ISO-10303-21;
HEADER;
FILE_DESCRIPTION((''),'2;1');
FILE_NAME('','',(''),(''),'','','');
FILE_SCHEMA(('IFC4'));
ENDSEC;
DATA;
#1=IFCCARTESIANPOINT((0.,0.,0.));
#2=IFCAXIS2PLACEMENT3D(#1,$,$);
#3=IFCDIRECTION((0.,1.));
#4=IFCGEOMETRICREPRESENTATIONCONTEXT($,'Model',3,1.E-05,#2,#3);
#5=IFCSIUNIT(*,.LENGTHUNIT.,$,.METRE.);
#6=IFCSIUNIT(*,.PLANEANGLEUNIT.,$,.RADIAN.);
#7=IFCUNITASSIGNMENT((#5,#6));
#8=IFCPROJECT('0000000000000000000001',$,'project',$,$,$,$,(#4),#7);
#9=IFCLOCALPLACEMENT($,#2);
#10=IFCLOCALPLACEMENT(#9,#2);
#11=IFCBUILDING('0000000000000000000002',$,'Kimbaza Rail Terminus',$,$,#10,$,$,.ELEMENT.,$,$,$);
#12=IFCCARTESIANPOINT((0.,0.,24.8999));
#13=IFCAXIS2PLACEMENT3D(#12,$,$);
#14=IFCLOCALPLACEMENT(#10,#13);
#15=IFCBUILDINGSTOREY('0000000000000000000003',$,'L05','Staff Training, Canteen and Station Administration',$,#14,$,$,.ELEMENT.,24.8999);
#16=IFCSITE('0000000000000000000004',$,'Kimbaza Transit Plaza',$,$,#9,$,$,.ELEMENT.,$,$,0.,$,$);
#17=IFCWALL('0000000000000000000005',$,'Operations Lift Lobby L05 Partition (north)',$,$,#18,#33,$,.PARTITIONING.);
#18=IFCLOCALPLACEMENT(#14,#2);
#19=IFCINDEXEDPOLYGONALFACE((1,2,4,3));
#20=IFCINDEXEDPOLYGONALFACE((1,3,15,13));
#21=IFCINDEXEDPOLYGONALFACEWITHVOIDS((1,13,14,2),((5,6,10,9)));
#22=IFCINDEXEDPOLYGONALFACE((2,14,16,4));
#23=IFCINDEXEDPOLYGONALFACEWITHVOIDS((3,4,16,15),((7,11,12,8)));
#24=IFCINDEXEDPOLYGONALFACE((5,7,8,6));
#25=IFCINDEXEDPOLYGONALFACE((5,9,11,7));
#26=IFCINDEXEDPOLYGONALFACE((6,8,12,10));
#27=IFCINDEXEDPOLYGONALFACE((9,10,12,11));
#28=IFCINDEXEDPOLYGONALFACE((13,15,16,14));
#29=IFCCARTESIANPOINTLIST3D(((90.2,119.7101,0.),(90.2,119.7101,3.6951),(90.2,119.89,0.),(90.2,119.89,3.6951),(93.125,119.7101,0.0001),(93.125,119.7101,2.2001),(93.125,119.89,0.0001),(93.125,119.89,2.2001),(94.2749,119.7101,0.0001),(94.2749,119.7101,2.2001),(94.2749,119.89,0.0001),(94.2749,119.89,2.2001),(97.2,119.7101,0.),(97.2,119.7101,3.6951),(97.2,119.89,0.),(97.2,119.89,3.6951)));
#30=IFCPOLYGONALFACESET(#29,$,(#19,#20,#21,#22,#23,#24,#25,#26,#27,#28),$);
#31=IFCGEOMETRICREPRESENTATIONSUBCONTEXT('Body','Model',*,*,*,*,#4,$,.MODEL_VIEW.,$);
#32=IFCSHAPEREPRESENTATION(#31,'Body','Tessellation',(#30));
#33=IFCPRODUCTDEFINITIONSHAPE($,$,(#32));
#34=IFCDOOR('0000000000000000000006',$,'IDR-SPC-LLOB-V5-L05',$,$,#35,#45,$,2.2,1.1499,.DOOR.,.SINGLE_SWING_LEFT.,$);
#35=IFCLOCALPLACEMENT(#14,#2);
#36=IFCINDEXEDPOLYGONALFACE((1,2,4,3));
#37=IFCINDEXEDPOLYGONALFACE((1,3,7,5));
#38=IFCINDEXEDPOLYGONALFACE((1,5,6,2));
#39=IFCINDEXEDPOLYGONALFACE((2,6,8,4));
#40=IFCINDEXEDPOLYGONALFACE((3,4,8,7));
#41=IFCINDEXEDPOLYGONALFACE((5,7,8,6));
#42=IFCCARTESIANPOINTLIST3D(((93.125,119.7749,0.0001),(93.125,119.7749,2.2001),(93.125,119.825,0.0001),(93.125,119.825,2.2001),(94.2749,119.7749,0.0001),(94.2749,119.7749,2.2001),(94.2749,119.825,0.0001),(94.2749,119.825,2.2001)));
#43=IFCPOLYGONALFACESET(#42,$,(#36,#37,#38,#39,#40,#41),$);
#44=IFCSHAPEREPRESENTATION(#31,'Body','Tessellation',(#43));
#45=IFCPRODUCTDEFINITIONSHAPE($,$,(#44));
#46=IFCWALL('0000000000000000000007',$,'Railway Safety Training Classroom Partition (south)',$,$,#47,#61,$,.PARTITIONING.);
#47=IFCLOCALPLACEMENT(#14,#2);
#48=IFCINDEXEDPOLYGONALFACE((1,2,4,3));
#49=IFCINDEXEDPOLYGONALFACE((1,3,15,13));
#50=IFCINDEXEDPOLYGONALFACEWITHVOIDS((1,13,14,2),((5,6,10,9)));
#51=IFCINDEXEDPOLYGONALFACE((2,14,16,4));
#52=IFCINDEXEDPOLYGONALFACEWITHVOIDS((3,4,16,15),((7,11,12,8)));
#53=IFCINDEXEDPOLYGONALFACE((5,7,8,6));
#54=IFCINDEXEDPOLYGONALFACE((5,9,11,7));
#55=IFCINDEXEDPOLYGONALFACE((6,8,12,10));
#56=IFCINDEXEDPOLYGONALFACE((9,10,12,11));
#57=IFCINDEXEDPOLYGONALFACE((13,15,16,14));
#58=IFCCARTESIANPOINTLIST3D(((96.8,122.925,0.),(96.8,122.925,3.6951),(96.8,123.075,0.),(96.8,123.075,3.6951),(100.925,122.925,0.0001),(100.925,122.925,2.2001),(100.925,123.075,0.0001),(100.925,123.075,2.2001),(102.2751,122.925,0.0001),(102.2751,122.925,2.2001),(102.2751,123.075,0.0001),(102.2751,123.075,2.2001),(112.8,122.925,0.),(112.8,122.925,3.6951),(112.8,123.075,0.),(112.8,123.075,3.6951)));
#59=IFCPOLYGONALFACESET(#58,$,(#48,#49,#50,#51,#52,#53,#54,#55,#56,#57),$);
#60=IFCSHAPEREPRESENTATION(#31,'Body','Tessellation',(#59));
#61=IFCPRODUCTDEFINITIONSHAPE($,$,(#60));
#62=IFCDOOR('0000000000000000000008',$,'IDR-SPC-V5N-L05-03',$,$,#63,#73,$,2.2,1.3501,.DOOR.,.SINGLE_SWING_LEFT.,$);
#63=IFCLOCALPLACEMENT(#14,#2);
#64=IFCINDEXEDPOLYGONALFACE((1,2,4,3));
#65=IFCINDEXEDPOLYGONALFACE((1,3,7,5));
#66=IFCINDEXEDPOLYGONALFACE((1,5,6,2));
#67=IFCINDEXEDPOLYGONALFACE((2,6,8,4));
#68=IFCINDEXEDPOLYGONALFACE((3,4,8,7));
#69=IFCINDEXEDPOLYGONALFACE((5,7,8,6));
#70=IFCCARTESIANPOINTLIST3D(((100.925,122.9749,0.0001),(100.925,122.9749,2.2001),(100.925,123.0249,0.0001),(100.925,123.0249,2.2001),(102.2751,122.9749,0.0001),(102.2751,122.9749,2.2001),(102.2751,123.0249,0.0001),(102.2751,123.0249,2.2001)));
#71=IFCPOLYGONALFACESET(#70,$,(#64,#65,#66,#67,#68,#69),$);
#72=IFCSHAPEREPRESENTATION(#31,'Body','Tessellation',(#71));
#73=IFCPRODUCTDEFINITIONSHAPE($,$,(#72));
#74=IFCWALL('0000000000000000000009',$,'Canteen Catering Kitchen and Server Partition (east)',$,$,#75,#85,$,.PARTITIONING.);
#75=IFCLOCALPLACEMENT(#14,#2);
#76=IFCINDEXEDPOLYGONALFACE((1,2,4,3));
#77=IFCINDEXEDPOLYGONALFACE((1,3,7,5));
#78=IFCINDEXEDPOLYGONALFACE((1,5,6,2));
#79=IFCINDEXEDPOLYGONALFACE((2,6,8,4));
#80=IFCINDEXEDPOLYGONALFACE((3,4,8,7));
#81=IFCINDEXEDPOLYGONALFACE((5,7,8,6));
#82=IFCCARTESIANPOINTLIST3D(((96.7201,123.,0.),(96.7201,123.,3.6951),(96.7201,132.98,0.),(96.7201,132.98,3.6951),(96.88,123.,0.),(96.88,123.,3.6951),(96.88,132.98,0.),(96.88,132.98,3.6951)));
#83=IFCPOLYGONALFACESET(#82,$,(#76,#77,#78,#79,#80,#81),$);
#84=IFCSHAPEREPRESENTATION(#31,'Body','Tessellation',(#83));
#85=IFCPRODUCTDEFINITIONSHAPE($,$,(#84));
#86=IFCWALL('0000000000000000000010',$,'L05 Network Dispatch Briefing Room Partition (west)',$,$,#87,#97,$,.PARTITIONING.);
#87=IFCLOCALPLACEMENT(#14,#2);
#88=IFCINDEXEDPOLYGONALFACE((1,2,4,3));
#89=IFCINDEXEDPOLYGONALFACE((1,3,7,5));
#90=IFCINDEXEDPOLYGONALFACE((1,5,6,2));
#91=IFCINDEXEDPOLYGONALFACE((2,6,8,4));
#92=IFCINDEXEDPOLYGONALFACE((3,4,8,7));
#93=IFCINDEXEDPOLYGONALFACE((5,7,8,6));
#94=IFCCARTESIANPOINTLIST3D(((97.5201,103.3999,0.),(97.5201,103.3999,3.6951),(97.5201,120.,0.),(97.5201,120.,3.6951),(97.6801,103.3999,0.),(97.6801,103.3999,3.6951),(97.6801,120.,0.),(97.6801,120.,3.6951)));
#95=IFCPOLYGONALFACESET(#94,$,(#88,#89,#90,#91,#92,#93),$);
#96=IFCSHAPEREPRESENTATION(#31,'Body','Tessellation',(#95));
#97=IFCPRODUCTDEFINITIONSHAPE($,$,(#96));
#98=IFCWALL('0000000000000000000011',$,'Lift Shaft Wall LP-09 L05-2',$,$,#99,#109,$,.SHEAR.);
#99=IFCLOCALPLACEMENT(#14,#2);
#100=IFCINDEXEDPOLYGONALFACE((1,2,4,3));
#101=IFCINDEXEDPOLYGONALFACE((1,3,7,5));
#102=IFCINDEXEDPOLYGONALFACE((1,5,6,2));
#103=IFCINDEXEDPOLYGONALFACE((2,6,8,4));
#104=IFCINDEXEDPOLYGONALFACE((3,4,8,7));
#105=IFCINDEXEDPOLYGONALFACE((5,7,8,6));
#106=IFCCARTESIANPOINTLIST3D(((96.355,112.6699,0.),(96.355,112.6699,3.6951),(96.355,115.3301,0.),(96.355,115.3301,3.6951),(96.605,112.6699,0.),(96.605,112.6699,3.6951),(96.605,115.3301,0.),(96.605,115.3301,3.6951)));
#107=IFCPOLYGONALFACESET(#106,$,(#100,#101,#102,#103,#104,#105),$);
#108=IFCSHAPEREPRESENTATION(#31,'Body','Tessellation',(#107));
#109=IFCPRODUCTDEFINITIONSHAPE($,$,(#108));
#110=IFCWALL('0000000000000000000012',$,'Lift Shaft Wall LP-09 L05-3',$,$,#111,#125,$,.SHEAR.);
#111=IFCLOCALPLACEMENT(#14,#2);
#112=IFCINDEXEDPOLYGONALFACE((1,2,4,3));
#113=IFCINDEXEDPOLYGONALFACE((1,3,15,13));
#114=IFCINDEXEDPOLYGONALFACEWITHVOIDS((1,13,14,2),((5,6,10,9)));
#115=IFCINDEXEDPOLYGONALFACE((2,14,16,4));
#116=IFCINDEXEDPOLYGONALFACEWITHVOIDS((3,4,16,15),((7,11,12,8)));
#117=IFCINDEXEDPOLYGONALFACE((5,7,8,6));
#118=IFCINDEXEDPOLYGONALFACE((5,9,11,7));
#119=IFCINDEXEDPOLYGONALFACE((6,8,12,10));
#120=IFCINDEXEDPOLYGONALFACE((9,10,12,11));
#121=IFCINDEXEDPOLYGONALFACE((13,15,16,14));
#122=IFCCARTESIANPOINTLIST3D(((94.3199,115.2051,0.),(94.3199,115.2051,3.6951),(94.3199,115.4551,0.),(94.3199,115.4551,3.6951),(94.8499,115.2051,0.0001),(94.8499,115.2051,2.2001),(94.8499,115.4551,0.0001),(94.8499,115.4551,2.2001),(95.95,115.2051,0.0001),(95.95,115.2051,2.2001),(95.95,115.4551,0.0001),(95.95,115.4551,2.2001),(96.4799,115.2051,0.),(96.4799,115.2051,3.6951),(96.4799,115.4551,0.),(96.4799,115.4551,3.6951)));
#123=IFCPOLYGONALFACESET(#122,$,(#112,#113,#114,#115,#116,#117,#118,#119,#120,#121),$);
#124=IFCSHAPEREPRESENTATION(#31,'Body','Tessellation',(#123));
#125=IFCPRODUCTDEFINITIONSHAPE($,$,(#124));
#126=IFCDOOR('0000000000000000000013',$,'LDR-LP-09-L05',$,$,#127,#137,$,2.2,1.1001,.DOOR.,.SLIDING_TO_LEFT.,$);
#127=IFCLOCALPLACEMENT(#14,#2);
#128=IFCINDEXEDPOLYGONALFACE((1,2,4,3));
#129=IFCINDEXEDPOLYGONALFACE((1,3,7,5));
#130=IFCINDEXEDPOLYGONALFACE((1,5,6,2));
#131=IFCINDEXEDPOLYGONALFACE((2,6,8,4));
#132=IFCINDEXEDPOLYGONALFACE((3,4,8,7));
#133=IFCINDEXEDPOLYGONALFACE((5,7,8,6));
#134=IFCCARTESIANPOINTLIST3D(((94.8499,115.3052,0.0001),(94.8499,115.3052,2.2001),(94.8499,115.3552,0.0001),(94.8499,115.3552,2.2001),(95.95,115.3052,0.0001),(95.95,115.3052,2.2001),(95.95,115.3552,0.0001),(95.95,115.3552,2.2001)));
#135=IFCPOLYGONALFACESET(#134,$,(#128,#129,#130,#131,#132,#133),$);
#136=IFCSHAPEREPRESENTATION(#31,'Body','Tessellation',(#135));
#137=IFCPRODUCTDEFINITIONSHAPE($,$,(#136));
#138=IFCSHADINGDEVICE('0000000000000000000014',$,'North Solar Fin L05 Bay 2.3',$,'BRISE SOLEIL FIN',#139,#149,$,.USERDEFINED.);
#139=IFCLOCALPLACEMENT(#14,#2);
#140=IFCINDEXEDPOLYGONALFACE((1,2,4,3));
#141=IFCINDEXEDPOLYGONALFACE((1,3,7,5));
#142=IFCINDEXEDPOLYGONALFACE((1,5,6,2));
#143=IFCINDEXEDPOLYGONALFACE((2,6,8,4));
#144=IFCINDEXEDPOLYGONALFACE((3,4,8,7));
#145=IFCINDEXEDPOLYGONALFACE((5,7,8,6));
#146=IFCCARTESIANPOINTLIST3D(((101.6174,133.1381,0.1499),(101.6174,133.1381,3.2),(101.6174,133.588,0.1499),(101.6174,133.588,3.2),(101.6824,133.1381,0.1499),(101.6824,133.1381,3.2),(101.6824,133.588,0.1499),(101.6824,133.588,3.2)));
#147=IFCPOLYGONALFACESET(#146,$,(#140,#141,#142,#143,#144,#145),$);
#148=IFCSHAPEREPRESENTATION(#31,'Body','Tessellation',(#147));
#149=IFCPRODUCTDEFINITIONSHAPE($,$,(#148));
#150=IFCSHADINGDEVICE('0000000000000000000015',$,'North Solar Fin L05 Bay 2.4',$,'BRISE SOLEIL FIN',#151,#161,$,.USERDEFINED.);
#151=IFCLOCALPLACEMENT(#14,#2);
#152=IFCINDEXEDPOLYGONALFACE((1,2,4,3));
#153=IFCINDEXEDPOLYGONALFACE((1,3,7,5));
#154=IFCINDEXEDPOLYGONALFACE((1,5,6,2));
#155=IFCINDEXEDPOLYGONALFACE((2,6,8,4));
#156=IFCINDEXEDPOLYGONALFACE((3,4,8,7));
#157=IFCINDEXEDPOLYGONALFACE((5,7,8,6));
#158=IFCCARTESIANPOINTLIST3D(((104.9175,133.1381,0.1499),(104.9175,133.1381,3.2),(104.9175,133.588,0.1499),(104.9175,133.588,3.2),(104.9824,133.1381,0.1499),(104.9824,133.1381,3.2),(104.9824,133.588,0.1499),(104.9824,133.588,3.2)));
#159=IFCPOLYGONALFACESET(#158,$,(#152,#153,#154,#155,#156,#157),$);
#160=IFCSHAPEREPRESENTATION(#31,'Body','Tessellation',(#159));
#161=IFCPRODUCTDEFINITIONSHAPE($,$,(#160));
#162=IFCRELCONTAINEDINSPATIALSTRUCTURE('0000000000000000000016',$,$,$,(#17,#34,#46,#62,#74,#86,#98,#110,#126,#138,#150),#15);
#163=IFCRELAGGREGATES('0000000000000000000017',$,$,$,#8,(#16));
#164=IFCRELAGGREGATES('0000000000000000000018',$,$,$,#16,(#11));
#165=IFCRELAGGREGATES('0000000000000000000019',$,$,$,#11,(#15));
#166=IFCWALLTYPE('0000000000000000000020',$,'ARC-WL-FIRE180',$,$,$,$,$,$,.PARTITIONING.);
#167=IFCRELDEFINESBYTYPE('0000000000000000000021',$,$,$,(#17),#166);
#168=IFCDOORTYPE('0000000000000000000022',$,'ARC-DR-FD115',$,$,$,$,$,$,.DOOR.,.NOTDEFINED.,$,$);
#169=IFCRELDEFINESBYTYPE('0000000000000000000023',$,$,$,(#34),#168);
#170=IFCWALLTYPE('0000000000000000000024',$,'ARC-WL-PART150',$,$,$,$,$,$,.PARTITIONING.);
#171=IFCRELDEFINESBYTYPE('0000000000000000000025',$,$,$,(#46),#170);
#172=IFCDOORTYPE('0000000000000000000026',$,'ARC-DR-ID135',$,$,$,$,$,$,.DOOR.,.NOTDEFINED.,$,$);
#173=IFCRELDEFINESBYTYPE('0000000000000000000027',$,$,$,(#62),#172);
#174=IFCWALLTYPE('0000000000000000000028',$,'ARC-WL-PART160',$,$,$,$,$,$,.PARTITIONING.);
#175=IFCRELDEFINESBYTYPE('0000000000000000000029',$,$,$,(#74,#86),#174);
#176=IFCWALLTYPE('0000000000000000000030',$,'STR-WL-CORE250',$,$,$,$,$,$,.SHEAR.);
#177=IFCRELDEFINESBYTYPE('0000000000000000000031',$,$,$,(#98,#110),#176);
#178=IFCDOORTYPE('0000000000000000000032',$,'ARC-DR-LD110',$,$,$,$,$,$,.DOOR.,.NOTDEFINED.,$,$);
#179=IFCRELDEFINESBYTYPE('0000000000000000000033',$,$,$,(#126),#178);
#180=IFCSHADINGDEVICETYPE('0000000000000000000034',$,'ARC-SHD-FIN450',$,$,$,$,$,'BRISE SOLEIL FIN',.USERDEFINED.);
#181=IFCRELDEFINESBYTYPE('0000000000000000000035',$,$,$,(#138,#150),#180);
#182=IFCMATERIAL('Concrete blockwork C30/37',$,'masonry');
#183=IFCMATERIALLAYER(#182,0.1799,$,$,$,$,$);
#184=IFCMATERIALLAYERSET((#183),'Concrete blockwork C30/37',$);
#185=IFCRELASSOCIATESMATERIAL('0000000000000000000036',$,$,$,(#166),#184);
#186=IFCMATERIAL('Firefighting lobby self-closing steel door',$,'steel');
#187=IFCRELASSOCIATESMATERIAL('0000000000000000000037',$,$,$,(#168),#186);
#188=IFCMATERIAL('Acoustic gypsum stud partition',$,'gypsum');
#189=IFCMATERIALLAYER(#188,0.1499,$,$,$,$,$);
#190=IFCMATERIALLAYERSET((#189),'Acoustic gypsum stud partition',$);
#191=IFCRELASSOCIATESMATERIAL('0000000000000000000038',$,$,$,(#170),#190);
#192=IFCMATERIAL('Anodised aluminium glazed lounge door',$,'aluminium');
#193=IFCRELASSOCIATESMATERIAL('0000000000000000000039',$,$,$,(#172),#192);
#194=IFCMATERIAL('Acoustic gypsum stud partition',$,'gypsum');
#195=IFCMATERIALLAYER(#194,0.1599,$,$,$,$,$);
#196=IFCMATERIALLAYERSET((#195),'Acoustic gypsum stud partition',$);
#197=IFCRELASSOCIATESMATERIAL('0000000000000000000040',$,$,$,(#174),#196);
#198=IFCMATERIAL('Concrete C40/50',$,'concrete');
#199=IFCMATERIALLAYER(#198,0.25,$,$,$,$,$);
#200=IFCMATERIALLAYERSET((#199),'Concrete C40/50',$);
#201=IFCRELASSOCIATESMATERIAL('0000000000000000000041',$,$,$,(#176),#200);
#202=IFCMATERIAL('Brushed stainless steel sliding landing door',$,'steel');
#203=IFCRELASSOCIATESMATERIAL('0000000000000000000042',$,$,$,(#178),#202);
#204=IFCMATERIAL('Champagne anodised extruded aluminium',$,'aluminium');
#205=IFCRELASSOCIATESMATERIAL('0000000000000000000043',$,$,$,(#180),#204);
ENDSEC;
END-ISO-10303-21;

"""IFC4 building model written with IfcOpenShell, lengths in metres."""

from ifc_helpers import new_model, si_unit, direction, frame, frame_2d, origin, origin_2d, place, context, subcontext, project, spatial, rectangle, extrude, material, layer, layer_set, type_object, element, fill, save


model = new_model("IFC4")

# Units and contexts
model_context = context("Model", 3, precision=1e-05, world=origin(), true_north=direction((0.0, 1.0)))
body_context = subcontext(model_context, "Body", "Model", "MODEL_VIEW")
ifc_project = project(units=[si_unit("LENGTHUNIT", "METRE"), si_unit("PLANEANGLEUNIT", "RADIAN")], contexts=[model_context])

# Site, building, storey
site_placement = place(None, origin())
site = spatial("IfcSite", under=ifc_project, at=site_placement, Name="Kimbaza Transit Plaza", CompositionType="ELEMENT", RefElevation=0.0)
building_placement = place(site_placement, origin())
building = spatial("IfcBuilding", under=site, at=building_placement, Name="Kimbaza Rail Terminus", CompositionType="ELEMENT")
storey_placement = place(building_placement, frame((0.0, 0.0, 24.8999)))
storey = spatial("IfcBuildingStorey", under=building, at=storey_placement, Name="L05", Description="Staff Training, Canteen and Station Administration", CompositionType="ELEMENT", Elevation=24.8999)

# Shared definitions
ifc_material_1 = material(Name="Concrete blockwork C30/37", Category="masonry")
ifc_layer_1 = layer(ifc_material_1, 0.1799)
ifc_layer_set_1 = layer_set([ifc_layer_1], Name="Concrete blockwork C30/37")
wall_type_1 = type_object("IfcWallType", Name="ARC-WL-FIRE180", PredefinedType="PARTITIONING", material=ifc_layer_set_1)

# Walls, openings, doors
wall_1_placement = place(storey_placement, frame((97.2, 119.8, 0.0), z_axis=(0.0, 0.0, 1.0), x_axis=(-1.0, 0.0, 0.0)))
wall_1 = element("IfcWall", 1, at=wall_1_placement, inside=storey, type_object=wall_type_1, Name="Operations Lift Lobby L05 Partition (north)", PredefinedType="PARTITIONING", context=body_context, shape_type="SweptSolid", body=[
    extrude(rectangle(XDim=7.0, YDim=0.1799, at=frame_2d((3.5, 0.0))), origin(), (0.0, 0.0, 1.0), 3.6951),
])
opening_1_placement = place(wall_1_placement, frame((4.075, 0.0, 0.0), z_axis=(0.0, 0.0, 1.0), x_axis=(-1.0, 0.0, 0.0)))
opening_1 = element("IfcOpeningElement", 2, at=opening_1_placement, cuts=wall_1, PredefinedType="OPENING", context=body_context, shape_type="SweptSolid", body=[
    extrude(rectangle(XDim=1.1499, YDim=2.2, at=frame_2d((0.575, 1.1001))), frame((0.0, 0.0999, 0.0), z_axis=(0.0, -1.0, 0.0), x_axis=(1.0, 0.0, 0.0)), (0.0, 0.0, 1.0), 0.2),
])
ifc_material_2 = material(Name="Firefighting lobby self-closing steel door", Category="steel")
door_type_1 = type_object("IfcDoorType", Name="ARC-DR-FD115", OperationType="NOTDEFINED", PredefinedType="DOOR", material=ifc_material_2)
door_1_placement = place(opening_1_placement, origin())
door_1 = element("IfcDoor", 3, at=door_1_placement, inside=storey, type_object=door_type_1, Name="IDR-SPC-LLOB-V5-L05", OperationType="SINGLE_SWING_LEFT", OverallHeight=2.2, OverallWidth=1.1499, PredefinedType="DOOR", context=body_context, shape_type="SweptSolid", body=[
    extrude(rectangle(XDim=1.1499, YDim=2.2, at=frame_2d((0.575, 1.1001))), frame((0.0, 0.0249, 0.0), z_axis=(0.0, -1.0, 0.0), x_axis=(1.0, 0.0, 0.0)), (0.0, 0.0, 1.0), 0.05),
])
fill(opening_1, door_1)
ifc_material_3 = material(Name="Acoustic gypsum stud partition", Category="gypsum")
ifc_layer_2 = layer(ifc_material_3, 0.1499)
ifc_layer_set_2 = layer_set([ifc_layer_2], Name="Acoustic gypsum stud partition")
wall_type_2 = type_object("IfcWallType", Name="ARC-WL-PART150", PredefinedType="PARTITIONING", material=ifc_layer_set_2)
wall_2_placement = place(storey_placement, frame((96.8, 123.0, 0.0), z_axis=(0.0, 0.0, 1.0), x_axis=(1.0, 0.0, 0.0)))
wall_2 = element("IfcWall", 4, at=wall_2_placement, inside=storey, type_object=wall_type_2, Name="Railway Safety Training Classroom Partition (south)", PredefinedType="PARTITIONING", context=body_context, shape_type="SweptSolid", body=[
    extrude(rectangle(XDim=16.0, YDim=0.1499, at=frame_2d((8.0, 0.0))), origin(), (0.0, 0.0, 1.0), 3.6951),
])
opening_2_placement = place(wall_2_placement, frame((4.125, 0.0, 0.0)))
opening_2 = element("IfcOpeningElement", 5, at=opening_2_placement, cuts=wall_2, PredefinedType="OPENING", context=body_context, shape_type="SweptSolid", body=[
    extrude(rectangle(XDim=1.3501, YDim=2.2, at=frame_2d((0.675, 1.1001))), frame((0.0, 0.085, 0.0), z_axis=(0.0, -1.0, 0.0), x_axis=(1.0, 0.0, 0.0)), (0.0, 0.0, 1.0), 0.1699),
])
ifc_material_4 = material(Name="Anodised aluminium glazed lounge door", Category="aluminium")
door_type_2 = type_object("IfcDoorType", Name="ARC-DR-ID135", OperationType="NOTDEFINED", PredefinedType="DOOR", material=ifc_material_4)
door_2_placement = place(opening_2_placement, origin())
door_2 = element("IfcDoor", 6, at=door_2_placement, inside=storey, type_object=door_type_2, Name="IDR-SPC-V5N-L05-03", OperationType="SINGLE_SWING_LEFT", OverallHeight=2.2, OverallWidth=1.3501, PredefinedType="DOOR", context=body_context, shape_type="SweptSolid", body=[
    extrude(rectangle(XDim=1.3501, YDim=2.2, at=frame_2d((0.675, 1.1001))), frame((0.0, 0.0249, 0.0), z_axis=(0.0, -1.0, 0.0), x_axis=(1.0, 0.0, 0.0)), (0.0, 0.0, 1.0), 0.05),
])
fill(opening_2, door_2)

# Walls
ifc_material_5 = material(Name="Acoustic gypsum stud partition", Category="gypsum")
ifc_layer_3 = layer(ifc_material_5, 0.1599)
ifc_layer_set_3 = layer_set([ifc_layer_3], Name="Acoustic gypsum stud partition")
wall_type_3 = type_object("IfcWallType", Name="ARC-WL-PART160", PredefinedType="PARTITIONING", material=ifc_layer_set_3)
wall_3_placement = place(storey_placement, frame((96.8, 123.0, 0.0), z_axis=(0.0, 0.0, 1.0), x_axis=(0.0, 1.0, 0.0)))
element("IfcWall", 7, at=wall_3_placement, inside=storey, type_object=wall_type_3, Name="Canteen Catering Kitchen and Server Partition (east)", PredefinedType="PARTITIONING", context=body_context, shape_type="SweptSolid", body=[
    extrude(rectangle(XDim=9.98, YDim=0.1599, at=frame_2d((4.99, 0.0))), origin(), (0.0, 0.0, 1.0), 3.6951),
])
wall_4_placement = place(storey_placement, frame((97.6001, 120.0, 0.0), z_axis=(0.0, 0.0, 1.0), x_axis=(0.0, -1.0, 0.0)))
element("IfcWall", 8, at=wall_4_placement, inside=storey, type_object=wall_type_3, Name="L05 Network Dispatch Briefing Room Partition (west)", PredefinedType="PARTITIONING", context=body_context, shape_type="SweptSolid", body=[
    extrude(rectangle(XDim=16.6001, YDim=0.1599, at=frame_2d((8.3, 0.0))), origin(), (0.0, 0.0, 1.0), 3.6951),
])
ifc_material_6 = material(Name="Concrete C40/50", Category="concrete")
ifc_layer_4 = layer(ifc_material_6, 0.25)
ifc_layer_set_4 = layer_set([ifc_layer_4], Name="Concrete C40/50")
wall_type_4 = type_object("IfcWallType", Name="STR-WL-CORE250", PredefinedType="SHEAR", material=ifc_layer_set_4)
wall_5_placement = place(storey_placement, frame((96.48, 112.6699, 0.0), z_axis=(0.0, 0.0, 1.0), x_axis=(0.0, 1.0, 0.0)))
element("IfcWall", 9, at=wall_5_placement, inside=storey, type_object=wall_type_4, Name="Lift Shaft Wall LP-09 L05-2", PredefinedType="SHEAR", context=body_context, shape_type="SweptSolid", body=[
    extrude(rectangle(XDim=2.6602, YDim=0.25, at=frame_2d((1.3301, 0.0))), origin(), (0.0, 0.0, 1.0), 3.6951),
])

# Wall, opening, door
wall_6_placement = place(storey_placement, frame((96.48, 115.3301, 0.0), z_axis=(0.0, 0.0, 1.0), x_axis=(-1.0, 0.0, 0.0)))
wall_6 = element("IfcWall", 10, at=wall_6_placement, inside=storey, type_object=wall_type_4, Name="Lift Shaft Wall LP-09 L05-3", PredefinedType="SHEAR", context=body_context, shape_type="SweptSolid", body=[
    extrude(rectangle(XDim=2.1599, YDim=0.25, at=frame_2d((1.0801, 0.0))), origin(), (0.0, 0.0, 1.0), 3.6951),
])
opening_3_placement = place(wall_6_placement, frame((0.53, 0.0, 0.0)))
opening_3 = element("IfcOpeningElement", 11, at=opening_3_placement, cuts=wall_6, PredefinedType="OPENING", context=body_context, shape_type="SweptSolid", body=[
    extrude(rectangle(XDim=1.1001, YDim=2.2, at=frame_2d((0.55, 1.1001))), frame((0.0, 0.135, 0.0), z_axis=(0.0, -1.0, 0.0), x_axis=(1.0, 0.0, 0.0)), (0.0, 0.0, 1.0), 0.27),
])
ifc_material_7 = material(Name="Brushed stainless steel sliding landing door", Category="steel")
door_type_3 = type_object("IfcDoorType", Name="ARC-DR-LD110", OperationType="NOTDEFINED", PredefinedType="DOOR", material=ifc_material_7)
door_3_placement = place(opening_3_placement, origin())
door_3 = element("IfcDoor", 12, at=door_3_placement, inside=storey, type_object=door_type_3, Name="LDR-LP-09-L05", OperationType="SLIDING_TO_LEFT", OverallHeight=2.2, OverallWidth=1.1001, PredefinedType="DOOR", context=body_context, shape_type="SweptSolid", body=[
    extrude(rectangle(XDim=1.1001, YDim=2.2, at=frame_2d((0.55, 1.1001))), frame((0.0, 0.0249, 0.0), z_axis=(0.0, -1.0, 0.0), x_axis=(1.0, 0.0, 0.0)), (0.0, 0.0, 1.0), 0.05),
])
fill(opening_3, door_3)

# Shading devices
ifc_material_8 = material(Name="Champagne anodised extruded aluminium", Category="aluminium")
shading_device_type = type_object("IfcShadingDeviceType", Name="ARC-SHD-FIN450", ElementType="BRISE SOLEIL FIN", PredefinedType="USERDEFINED", material=ifc_material_8)
for number, where, z_axis, x_axis, name in (
    (13, (101.6499, 133.363, 0.1499), (0.0, 0.0, 1.0), (1.0, 0.0, 0.0), "North Solar Fin L05 Bay 2.3"),
    (14, (104.95, 133.363, 0.1499), (0.0, 0.0, 1.0), (1.0, 0.0, 0.0), "North Solar Fin L05 Bay 2.4"),
):
    element("IfcShadingDevice", number, at=place(storey_placement, frame(where, z_axis=z_axis, x_axis=x_axis)), inside=storey, type_object=shading_device_type, Name=name, ObjectType="BRISE SOLEIL FIN", PredefinedType="USERDEFINED", context=body_context, shape_type="SweptSolid", body=[
        extrude(rectangle(XDim=0.0649, YDim=0.45, at=origin_2d()), origin(), (0.0, 0.0, 1.0), 3.05),
    ])

save(model, "model.ifc")
